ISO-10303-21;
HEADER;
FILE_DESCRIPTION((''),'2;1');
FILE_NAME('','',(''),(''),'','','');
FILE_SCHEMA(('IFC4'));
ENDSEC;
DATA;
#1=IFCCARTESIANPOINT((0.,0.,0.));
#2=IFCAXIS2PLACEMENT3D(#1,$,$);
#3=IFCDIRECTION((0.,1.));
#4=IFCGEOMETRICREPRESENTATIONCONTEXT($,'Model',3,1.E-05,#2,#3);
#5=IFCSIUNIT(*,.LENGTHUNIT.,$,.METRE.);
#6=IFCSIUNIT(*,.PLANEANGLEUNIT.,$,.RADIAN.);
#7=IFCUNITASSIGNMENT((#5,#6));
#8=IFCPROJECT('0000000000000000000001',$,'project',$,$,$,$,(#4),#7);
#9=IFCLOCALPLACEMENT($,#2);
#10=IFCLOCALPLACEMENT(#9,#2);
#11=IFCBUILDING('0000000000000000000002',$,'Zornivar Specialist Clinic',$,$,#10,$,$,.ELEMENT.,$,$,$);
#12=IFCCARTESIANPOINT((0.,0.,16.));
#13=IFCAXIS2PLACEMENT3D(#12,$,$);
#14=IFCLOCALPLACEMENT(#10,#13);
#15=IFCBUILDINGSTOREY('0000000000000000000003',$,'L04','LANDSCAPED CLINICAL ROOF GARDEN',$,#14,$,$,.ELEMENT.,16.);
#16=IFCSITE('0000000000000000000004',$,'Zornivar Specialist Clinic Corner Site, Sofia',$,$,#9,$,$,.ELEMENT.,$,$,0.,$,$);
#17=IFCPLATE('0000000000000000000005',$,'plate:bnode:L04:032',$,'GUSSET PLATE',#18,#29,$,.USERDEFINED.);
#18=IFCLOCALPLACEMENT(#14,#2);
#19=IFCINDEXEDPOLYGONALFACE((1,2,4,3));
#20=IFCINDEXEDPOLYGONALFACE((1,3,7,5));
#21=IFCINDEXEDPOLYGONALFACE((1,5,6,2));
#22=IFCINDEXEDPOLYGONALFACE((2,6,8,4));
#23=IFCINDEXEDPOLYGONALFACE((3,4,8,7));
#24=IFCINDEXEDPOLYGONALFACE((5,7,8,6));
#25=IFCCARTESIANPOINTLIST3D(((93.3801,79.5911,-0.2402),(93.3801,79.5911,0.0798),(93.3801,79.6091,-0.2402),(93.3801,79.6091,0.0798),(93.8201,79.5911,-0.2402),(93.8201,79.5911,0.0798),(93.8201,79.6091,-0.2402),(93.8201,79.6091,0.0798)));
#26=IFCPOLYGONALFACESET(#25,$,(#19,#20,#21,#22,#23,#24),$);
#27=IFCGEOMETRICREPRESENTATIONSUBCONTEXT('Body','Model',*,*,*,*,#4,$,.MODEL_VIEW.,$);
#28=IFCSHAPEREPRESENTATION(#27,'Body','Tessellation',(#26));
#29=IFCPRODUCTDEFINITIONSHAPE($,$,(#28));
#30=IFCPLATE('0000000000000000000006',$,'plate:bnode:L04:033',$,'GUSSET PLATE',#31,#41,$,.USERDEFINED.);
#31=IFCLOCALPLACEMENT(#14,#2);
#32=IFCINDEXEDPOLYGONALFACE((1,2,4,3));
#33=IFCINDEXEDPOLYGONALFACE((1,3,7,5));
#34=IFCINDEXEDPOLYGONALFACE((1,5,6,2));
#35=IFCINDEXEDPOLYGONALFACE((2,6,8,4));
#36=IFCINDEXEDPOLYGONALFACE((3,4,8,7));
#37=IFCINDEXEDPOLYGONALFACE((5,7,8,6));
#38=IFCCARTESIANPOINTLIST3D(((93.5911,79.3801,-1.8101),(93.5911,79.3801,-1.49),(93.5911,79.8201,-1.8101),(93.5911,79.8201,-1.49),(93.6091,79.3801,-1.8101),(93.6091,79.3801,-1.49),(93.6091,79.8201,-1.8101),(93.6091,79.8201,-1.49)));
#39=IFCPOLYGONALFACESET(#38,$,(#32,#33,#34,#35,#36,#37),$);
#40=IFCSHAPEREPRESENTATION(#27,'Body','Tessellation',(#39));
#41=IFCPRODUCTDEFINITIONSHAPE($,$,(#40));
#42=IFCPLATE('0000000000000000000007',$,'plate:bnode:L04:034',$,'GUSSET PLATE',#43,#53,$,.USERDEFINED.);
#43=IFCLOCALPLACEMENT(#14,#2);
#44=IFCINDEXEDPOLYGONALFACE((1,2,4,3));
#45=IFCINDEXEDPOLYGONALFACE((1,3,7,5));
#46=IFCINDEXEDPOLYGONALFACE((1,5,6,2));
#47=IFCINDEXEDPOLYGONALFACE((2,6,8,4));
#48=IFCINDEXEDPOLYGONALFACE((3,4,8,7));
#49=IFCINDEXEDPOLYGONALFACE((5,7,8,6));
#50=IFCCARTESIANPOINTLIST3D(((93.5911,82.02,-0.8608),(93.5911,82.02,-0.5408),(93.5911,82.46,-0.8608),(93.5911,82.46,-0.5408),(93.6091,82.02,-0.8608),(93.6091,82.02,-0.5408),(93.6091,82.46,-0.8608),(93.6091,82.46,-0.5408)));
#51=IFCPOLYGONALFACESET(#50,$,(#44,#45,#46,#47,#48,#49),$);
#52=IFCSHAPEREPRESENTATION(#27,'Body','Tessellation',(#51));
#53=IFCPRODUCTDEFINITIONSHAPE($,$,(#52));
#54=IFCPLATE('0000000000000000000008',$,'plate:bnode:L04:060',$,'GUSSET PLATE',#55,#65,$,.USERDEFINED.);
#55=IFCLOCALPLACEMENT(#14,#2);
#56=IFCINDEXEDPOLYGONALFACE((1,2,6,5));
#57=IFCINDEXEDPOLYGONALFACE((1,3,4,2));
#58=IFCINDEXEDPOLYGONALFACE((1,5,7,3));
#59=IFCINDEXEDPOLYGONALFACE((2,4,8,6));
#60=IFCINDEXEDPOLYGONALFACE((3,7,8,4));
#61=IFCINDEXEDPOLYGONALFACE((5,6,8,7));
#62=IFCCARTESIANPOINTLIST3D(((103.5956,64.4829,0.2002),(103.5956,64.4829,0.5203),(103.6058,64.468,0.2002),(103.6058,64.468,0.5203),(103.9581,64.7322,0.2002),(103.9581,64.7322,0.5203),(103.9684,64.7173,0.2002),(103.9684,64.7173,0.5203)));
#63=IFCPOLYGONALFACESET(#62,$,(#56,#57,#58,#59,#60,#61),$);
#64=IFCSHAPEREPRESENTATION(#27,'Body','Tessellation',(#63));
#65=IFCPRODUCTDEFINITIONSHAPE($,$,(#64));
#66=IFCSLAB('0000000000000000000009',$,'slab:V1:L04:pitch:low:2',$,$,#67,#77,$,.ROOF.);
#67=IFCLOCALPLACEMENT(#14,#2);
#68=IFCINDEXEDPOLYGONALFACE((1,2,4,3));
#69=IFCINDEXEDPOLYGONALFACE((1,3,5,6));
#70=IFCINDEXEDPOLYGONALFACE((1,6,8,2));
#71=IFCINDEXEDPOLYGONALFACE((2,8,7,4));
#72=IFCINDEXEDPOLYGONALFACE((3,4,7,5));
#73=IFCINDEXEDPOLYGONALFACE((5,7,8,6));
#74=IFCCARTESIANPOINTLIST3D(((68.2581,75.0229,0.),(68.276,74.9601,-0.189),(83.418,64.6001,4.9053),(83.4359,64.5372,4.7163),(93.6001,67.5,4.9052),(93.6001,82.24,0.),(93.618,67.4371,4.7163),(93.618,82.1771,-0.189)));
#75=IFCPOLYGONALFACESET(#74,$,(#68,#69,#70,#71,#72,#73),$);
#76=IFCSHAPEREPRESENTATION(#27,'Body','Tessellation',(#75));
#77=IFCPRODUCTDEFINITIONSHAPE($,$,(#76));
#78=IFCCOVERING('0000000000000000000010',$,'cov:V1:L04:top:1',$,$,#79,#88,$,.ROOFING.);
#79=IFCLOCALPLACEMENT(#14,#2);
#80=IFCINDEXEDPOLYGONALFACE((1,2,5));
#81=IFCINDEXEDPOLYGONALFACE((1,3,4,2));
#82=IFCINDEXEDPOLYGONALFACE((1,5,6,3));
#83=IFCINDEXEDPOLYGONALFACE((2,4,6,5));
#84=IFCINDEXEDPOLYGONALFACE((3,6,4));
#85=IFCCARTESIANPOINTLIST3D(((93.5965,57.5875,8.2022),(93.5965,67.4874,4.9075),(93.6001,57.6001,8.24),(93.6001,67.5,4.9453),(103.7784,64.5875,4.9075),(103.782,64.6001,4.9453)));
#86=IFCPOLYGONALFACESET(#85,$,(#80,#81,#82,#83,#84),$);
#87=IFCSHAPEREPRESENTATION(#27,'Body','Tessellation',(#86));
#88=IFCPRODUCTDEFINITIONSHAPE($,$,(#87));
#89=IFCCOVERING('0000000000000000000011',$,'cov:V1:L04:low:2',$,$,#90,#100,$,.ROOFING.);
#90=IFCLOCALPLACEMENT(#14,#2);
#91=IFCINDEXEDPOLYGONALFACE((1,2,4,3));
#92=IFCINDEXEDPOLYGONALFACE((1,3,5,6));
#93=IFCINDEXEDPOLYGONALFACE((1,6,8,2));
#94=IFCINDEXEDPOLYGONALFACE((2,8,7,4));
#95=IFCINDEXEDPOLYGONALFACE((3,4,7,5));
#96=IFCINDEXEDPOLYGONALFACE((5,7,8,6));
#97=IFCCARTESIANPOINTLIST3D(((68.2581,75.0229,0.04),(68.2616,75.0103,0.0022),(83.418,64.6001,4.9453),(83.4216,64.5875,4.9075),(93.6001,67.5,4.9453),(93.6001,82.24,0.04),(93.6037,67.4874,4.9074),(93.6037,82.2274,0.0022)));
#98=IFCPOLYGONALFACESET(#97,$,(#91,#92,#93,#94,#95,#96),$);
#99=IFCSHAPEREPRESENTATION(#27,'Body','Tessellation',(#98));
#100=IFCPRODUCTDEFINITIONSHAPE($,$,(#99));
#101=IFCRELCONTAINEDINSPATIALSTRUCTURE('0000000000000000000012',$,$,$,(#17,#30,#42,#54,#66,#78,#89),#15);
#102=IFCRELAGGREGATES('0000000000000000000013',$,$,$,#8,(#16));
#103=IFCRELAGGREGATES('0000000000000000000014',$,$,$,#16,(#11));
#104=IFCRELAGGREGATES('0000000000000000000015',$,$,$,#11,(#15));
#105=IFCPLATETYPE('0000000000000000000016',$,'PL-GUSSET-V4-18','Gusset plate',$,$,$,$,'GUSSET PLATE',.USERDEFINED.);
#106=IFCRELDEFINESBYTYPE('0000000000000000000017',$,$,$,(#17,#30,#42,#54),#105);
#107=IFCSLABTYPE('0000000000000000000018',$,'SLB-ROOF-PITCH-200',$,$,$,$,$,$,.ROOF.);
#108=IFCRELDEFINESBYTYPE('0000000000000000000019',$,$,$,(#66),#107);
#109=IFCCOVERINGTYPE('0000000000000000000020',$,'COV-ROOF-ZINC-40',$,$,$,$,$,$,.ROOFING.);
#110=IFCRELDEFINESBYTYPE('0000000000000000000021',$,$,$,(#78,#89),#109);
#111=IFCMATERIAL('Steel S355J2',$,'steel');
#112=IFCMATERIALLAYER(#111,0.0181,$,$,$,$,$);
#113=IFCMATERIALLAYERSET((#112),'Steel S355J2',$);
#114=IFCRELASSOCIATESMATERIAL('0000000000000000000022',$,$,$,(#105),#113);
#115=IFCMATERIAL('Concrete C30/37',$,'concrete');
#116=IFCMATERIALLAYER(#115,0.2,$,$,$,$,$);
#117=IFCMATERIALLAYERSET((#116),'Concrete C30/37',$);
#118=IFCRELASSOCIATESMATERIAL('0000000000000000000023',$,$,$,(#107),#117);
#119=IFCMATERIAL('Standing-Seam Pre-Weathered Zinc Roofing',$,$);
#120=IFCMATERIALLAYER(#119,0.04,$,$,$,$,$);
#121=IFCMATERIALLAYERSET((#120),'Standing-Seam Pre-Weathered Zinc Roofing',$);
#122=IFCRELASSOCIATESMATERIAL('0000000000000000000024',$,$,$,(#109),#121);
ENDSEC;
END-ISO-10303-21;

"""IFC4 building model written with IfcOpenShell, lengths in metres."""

from ifc_helpers import new_model, si_unit, direction, frame, origin, origin_2d, place, context, subcontext, project, spatial, polyline, rectangle, outline, extrude, material, layer, layer_set, type_object, element, save


model = new_model("IFC4")

# Units and contexts
model_context = context("Model", 3, precision=1e-05, world=origin(), true_north=direction((0.0, 1.0)))
body_context = subcontext(model_context, "Body", "Model", "MODEL_VIEW")
ifc_project = project(units=[si_unit("LENGTHUNIT", "METRE"), si_unit("PLANEANGLEUNIT", "RADIAN")], contexts=[model_context])

# Site, building, storey
site_placement = place(None, origin())
site = spatial("IfcSite", under=ifc_project, at=site_placement, Name="Zornivar Specialist Clinic Corner Site, Sofia", CompositionType="ELEMENT", RefElevation=0.0)
building_placement = place(site_placement, origin())
building = spatial("IfcBuilding", under=site, at=building_placement, Name="Zornivar Specialist Clinic", CompositionType="ELEMENT")
storey_placement = place(building_placement, frame((0.0, 0.0, 16.0)))
storey = spatial("IfcBuildingStorey", under=building, at=storey_placement, Name="L04", Description="LANDSCAPED CLINICAL ROOF GARDEN", CompositionType="ELEMENT", Elevation=16.0)

# Plates
ifc_material_1 = material(Name="Steel S355J2", Category="steel")
ifc_layer_1 = layer(ifc_material_1, 0.0181)
ifc_layer_set_1 = layer_set([ifc_layer_1], Name="Steel S355J2")
plate_type_1 = type_object("IfcPlateType", Name="PL-GUSSET-V4-18", Description="Gusset plate", ElementType="GUSSET PLATE", PredefinedType="USERDEFINED", material=ifc_layer_set_1)
for number, where, z_axis, x_axis, name in (
    (1, (93.6001, 79.6001, -0.2402), (0.0, 0.0, 1.0), (1.0, 0.0, 0.0), "plate:bnode:L04:032"),
    (2, (93.6001, 79.6001, -1.8101), (0.0, 0.0, 1.0), (0.0, 1.0, 0.0), "plate:bnode:L04:033"),
    (3, (93.6001, 82.24, -0.8608), (0.0, 0.0, 1.0), (0.0, 1.0, 0.0), "plate:bnode:L04:034"),
    (4, (103.782, 64.6001, 0.2002), (0.0, 0.0, 1.0), (0.824027, 0.56655, 0.0), "plate:bnode:L04:060"),
):
    element("IfcPlate", number, at=place(storey_placement, frame(where, z_axis=z_axis, x_axis=x_axis)), inside=storey, type_object=plate_type_1, Name=name, ObjectType="GUSSET PLATE", PredefinedType="USERDEFINED", context=body_context, shape_type="SweptSolid", body=[
        extrude(rectangle(XDim=0.4399, YDim=0.0181, at=origin_2d()), origin(), (0.0, 0.0, 1.0), 0.3201),
    ])

# Slab
ifc_material_2 = material(Name="Concrete C30/37", Category="concrete")
ifc_layer_2 = layer(ifc_material_2, 0.2)
ifc_layer_set_2 = layer_set([ifc_layer_2], Name="Concrete C30/37")
slab_type = type_object("IfcSlabType", Name="SLB-ROOF-PITCH-200", PredefinedType="ROOF", material=ifc_layer_set_2)
slab_placement = place(storey_placement, frame((93.6001, 82.24, 0.0), z_axis=(-0.089564, 0.314489, 0.945026), x_axis=(-0.961759, -0.273895, -0.000001)))
element("IfcSlab", 5, at=slab_placement, inside=storey, type_object=slab_type, Name="slab:V1:L04:pitch:low:2", PredefinedType="ROOF", context=body_context, shape_type="SweptSolid", body=[
    extrude(outline(polyline([(0.0, 0.0), (26.3497, 0.0), (14.6242, 15.0012), (4.0372, 15.001), (0.0, 0.0)])), origin(), (0.0, 0.0, -1.0), 0.2),
])

# Coverings
ifc_material_3 = material(Name="Standing-Seam Pre-Weathered Zinc Roofing")
ifc_layer_3 = layer(ifc_material_3, 0.04)
ifc_layer_set_3 = layer_set([ifc_layer_3], Name="Standing-Seam Pre-Weathered Zinc Roofing")
covering_type = type_object("IfcCoveringType", Name="COV-ROOF-ZINC-40", PredefinedType="ROOFING", material=ifc_layer_set_3)
covering_1_placement = place(storey_placement, frame((103.782, 64.6001, 4.9453), z_axis=(0.089573, 0.314502, 0.945021), x_axis=(-0.961753, 0.273917, 0.0)))
element("IfcCovering", 6, at=covering_1_placement, inside=storey, type_object=covering_type, Name="cov:V1:L04:top:1", PredefinedType="ROOFING", context=body_context, shape_type="SweptSolid", body=[
    extrude(outline(polyline([(0.0, 0.0), (10.5868, 0.0), (7.875, 10.0752), (0.0, 0.0)])), origin(), (0.0, 0.0, -1.0), 0.04),
])
covering_2_placement = place(storey_placement, frame((93.6001, 82.24, 0.04), z_axis=(-0.089564, 0.314489, 0.945026), x_axis=(-0.961759, -0.273895, -0.000001)))
element("IfcCovering", 7, at=covering_2_placement, inside=storey, type_object=covering_type, Name="cov:V1:L04:low:2", PredefinedType="ROOFING", context=body_context, shape_type="SweptSolid", body=[
    extrude(outline(polyline([(0.0, 0.0), (26.3497, 0.0), (14.6242, 15.0012), (4.0372, 15.001), (0.0, 0.0)])), origin(), (0.0, 0.0, -1.0), 0.04),
])

save(model, "model.ifc")
